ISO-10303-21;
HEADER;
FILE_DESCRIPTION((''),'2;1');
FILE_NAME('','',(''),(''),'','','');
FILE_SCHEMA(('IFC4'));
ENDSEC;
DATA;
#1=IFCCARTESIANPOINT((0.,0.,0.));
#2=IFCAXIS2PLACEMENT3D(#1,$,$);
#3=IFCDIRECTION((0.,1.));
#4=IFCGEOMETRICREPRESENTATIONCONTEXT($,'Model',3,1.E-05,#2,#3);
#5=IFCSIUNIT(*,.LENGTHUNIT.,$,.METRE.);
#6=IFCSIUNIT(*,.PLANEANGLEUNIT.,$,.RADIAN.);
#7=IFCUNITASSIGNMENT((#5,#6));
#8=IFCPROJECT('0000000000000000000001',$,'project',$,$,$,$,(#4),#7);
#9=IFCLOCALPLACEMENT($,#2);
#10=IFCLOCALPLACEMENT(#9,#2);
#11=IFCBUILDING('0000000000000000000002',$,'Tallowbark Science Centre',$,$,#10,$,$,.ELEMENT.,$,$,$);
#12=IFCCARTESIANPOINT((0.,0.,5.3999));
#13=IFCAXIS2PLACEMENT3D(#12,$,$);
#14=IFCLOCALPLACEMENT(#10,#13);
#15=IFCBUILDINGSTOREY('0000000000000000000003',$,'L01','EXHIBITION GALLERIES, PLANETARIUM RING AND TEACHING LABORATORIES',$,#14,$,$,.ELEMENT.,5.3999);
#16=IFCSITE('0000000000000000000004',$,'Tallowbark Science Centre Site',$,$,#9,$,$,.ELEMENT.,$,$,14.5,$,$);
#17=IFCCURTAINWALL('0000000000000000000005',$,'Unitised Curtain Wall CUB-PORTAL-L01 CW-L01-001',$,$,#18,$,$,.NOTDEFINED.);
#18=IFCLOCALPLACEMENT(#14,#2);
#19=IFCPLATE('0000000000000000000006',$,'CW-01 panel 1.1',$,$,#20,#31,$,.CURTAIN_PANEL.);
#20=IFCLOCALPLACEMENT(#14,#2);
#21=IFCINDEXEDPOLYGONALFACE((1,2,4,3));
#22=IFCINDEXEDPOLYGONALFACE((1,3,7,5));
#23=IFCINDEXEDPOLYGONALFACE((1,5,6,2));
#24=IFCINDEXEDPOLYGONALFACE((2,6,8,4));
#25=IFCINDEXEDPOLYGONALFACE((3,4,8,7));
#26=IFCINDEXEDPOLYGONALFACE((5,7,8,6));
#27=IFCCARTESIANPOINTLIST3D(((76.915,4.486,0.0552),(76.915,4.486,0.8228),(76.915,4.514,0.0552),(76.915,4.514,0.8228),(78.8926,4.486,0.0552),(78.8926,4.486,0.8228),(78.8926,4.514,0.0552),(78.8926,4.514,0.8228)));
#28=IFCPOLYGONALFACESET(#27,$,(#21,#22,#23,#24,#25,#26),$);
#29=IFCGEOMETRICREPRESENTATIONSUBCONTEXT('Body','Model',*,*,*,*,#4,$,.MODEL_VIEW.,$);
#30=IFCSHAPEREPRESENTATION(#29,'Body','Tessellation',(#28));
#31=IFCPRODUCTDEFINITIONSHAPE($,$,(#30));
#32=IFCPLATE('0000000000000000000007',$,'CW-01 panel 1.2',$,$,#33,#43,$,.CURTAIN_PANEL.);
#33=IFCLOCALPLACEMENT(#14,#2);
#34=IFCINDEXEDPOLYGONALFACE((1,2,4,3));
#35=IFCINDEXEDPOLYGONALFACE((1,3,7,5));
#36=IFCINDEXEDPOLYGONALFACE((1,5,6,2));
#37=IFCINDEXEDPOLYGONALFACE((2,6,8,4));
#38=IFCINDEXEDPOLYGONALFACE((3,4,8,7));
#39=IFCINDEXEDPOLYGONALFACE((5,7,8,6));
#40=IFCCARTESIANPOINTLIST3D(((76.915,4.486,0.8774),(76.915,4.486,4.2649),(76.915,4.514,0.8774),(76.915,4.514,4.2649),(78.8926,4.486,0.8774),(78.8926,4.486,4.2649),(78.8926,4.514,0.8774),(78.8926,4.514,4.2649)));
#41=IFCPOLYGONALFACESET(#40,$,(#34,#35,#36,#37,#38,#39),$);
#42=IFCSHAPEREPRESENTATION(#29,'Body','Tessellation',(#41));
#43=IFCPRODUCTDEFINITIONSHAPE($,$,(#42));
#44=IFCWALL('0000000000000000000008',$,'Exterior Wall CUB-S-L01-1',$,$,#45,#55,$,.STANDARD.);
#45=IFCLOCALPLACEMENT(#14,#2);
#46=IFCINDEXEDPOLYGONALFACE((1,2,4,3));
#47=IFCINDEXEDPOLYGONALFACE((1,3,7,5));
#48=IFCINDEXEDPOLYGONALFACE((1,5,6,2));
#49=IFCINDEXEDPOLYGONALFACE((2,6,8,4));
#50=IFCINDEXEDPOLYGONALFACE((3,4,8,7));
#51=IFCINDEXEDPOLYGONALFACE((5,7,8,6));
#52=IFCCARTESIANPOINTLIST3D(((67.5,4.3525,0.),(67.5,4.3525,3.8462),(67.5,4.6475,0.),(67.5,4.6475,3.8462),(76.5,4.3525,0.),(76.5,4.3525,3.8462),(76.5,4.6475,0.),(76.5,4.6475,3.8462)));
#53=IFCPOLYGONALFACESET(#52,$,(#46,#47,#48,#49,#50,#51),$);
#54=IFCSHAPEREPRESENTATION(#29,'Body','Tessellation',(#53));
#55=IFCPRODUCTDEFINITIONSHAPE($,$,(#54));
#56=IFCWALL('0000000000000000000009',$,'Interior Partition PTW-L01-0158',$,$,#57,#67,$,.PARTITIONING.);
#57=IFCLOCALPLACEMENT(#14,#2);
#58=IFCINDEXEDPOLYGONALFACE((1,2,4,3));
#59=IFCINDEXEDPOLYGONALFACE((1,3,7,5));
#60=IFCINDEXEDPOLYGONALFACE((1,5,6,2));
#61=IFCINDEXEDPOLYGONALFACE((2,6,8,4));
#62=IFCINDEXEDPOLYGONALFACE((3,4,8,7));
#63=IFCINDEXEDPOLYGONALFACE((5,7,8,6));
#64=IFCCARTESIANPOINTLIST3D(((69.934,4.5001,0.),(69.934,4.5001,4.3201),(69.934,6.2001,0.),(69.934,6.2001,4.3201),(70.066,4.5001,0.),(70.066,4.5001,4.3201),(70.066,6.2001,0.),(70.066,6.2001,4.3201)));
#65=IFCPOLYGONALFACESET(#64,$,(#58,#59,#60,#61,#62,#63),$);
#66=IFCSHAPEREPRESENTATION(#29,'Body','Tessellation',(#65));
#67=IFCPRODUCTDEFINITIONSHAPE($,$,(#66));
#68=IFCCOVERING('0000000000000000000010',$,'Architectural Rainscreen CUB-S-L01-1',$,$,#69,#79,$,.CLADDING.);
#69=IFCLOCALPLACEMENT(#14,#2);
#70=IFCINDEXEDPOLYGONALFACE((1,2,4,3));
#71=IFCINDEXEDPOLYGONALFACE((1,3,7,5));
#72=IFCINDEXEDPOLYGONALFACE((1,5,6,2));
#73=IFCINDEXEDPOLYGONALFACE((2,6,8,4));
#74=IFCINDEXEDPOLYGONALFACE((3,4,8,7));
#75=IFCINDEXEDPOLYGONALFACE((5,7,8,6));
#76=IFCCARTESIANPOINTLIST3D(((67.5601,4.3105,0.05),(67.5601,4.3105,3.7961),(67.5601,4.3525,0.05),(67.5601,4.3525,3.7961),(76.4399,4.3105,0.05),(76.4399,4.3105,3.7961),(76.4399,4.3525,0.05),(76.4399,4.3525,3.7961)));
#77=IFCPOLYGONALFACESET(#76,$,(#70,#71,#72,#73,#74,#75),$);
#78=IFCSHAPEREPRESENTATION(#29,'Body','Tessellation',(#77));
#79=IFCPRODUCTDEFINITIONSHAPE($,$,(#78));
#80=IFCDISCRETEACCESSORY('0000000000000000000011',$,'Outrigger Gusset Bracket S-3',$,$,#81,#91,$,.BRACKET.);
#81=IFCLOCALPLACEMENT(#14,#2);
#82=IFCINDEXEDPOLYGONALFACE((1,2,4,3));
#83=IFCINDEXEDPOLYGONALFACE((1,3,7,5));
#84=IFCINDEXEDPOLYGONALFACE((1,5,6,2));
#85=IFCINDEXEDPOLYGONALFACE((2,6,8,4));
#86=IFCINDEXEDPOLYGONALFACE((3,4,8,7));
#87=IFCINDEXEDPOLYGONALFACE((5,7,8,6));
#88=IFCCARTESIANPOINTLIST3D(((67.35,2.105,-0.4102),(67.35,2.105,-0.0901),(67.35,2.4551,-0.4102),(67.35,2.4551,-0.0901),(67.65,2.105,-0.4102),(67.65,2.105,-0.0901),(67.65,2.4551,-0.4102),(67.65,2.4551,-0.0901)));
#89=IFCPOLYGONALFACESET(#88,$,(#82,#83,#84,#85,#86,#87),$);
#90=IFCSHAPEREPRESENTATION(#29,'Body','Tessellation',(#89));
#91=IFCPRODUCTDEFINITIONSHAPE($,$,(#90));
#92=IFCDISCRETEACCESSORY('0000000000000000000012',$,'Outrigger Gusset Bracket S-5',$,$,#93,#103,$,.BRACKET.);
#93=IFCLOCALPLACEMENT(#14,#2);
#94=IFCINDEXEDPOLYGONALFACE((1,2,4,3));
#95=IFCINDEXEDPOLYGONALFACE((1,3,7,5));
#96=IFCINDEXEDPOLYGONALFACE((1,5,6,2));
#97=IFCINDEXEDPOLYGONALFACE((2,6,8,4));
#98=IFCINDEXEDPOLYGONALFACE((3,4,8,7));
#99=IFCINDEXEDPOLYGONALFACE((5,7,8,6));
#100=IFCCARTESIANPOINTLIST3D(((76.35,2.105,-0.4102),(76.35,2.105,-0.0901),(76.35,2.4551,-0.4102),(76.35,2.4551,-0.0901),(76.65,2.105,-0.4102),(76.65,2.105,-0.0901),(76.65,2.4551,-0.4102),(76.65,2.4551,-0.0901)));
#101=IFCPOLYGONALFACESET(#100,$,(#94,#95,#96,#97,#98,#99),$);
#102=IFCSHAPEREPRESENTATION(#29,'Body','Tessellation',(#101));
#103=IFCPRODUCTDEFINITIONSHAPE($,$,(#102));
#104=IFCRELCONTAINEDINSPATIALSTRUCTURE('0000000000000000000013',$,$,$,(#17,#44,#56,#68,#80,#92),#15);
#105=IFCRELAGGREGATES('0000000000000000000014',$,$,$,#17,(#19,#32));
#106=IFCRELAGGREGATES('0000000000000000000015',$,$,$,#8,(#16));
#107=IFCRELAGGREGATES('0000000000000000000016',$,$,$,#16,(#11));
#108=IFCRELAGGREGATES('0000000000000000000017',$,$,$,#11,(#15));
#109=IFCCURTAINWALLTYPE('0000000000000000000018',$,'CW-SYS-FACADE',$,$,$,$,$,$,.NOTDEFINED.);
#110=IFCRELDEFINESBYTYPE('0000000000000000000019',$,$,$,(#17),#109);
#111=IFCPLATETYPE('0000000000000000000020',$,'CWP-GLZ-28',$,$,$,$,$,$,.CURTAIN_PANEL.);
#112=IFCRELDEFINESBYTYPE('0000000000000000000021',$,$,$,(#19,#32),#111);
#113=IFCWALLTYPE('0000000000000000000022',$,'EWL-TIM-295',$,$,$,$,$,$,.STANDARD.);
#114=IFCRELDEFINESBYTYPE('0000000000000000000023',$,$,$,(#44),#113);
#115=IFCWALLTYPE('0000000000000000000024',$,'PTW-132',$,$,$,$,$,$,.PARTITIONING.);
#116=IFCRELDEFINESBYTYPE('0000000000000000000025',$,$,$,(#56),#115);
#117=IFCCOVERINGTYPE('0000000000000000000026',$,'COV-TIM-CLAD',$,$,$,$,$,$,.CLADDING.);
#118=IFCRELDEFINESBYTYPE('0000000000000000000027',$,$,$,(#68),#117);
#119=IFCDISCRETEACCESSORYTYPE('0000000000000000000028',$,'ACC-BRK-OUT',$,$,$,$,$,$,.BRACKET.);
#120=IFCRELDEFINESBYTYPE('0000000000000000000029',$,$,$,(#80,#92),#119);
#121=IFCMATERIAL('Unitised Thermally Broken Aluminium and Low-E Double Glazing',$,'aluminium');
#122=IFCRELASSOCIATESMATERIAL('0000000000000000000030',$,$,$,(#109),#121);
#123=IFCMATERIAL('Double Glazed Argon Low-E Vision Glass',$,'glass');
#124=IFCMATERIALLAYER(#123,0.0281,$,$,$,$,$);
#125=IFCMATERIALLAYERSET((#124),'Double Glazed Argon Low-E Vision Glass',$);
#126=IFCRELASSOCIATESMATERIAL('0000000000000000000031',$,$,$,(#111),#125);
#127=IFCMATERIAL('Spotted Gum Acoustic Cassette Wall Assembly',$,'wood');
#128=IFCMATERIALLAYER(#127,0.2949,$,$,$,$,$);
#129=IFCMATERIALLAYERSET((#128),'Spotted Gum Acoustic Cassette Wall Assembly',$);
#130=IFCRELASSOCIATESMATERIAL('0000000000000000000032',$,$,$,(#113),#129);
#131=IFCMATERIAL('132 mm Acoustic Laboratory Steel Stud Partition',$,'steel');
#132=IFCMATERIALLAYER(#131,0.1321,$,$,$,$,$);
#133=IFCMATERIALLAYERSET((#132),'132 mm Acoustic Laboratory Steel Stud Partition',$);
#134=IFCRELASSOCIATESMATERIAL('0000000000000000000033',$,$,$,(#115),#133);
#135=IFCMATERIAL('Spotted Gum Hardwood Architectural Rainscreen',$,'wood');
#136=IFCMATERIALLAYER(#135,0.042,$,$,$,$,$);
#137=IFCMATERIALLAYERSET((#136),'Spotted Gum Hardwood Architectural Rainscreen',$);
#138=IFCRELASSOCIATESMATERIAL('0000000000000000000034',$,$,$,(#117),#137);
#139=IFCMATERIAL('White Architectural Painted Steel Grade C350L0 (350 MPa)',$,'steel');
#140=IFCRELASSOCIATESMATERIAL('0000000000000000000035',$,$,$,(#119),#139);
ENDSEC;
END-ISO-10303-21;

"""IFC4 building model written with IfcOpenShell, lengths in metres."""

from ifc_helpers import new_model, si_unit, direction, frame, frame_2d, origin, origin_2d, place, context, subcontext, project, spatial, rectangle, extrude, material, layer, layer_set, type_object, element, aggregate, save


model = new_model("IFC4")

# Units and contexts
model_context = context("Model", 3, precision=1e-05, world=origin(), true_north=direction((0.0, 1.0)))
body_context = subcontext(model_context, "Body", "Model", "MODEL_VIEW")
ifc_project = project(units=[si_unit("LENGTHUNIT", "METRE"), si_unit("PLANEANGLEUNIT", "RADIAN")], contexts=[model_context])

# Site, building, storey
site_placement = place(None, origin())
site = spatial("IfcSite", under=ifc_project, at=site_placement, Name="Tallowbark Science Centre Site", CompositionType="ELEMENT", RefElevation=14.5)
building_placement = place(site_placement, origin())
building = spatial("IfcBuilding", under=site, at=building_placement, Name="Tallowbark Science Centre", CompositionType="ELEMENT")
storey_placement = place(building_placement, frame((0.0, 0.0, 5.3999)))
storey = spatial("IfcBuildingStorey", under=building, at=storey_placement, Name="L01", Description="EXHIBITION GALLERIES, PLANETARIUM RING AND TEACHING LABORATORIES", CompositionType="ELEMENT", Elevation=5.3999)

# Shared definitions
ifc_material_1 = material(Name="White Architectural Painted Steel Grade C350L0 (350 MPa)", Category="steel")

# Curtain wall
ifc_material_2 = material(Name="Unitised Thermally Broken Aluminium and Low-E Double Glazing", Category="aluminium")
curtain_wall_type = type_object("IfcCurtainWallType", Name="CW-SYS-FACADE", PredefinedType="NOTDEFINED", material=ifc_material_2)
curtain_wall_placement = place(storey_placement, origin())
curtain_wall = element("IfcCurtainWall", 1, at=curtain_wall_placement, inside=storey, type_object=curtain_wall_type, Name="Unitised Curtain Wall CUB-PORTAL-L01 CW-L01-001", PredefinedType="NOTDEFINED")

# Plates
ifc_material_3 = material(Name="Double Glazed Argon Low-E Vision Glass", Category="glass")
ifc_layer_1 = layer(ifc_material_3, 0.0281)
ifc_layer_set_1 = layer_set([ifc_layer_1], Name="Double Glazed Argon Low-E Vision Glass")
plate_type = type_object("IfcPlateType", Name="CWP-GLZ-28", PredefinedType="CURTAIN_PANEL", material=ifc_layer_set_1)
plate_1_placement = place(storey_placement, frame((77.9038, 4.5, 0.0552), z_axis=(0.0, 0.0, 1.0), x_axis=(1.0, 0.0, 0.0)))
plate_1 = element("IfcPlate", 2, at=plate_1_placement, type_object=plate_type, Name="CW-01 panel 1.1", PredefinedType="CURTAIN_PANEL", context=body_context, shape_type="SweptSolid", body=[
    extrude(rectangle(XDim=1.9775, YDim=0.0281, at=origin_2d()), origin(), (0.0, 0.0, 1.0), 0.7676),
])
plate_2_placement = place(storey_placement, frame((77.9038, 4.5, 0.8774), z_axis=(0.0, 0.0, 1.0), x_axis=(1.0, 0.0, 0.0)))
plate_2 = element("IfcPlate", 3, at=plate_2_placement, type_object=plate_type, Name="CW-01 panel 1.2", PredefinedType="CURTAIN_PANEL", context=body_context, shape_type="SweptSolid", body=[
    extrude(rectangle(XDim=1.9775, YDim=0.0281, at=origin_2d()), origin(), (0.0, 0.0, 1.0), 3.3875),
])
aggregate(curtain_wall, [plate_1, plate_2])

# Walls
ifc_material_4 = material(Name="Spotted Gum Acoustic Cassette Wall Assembly", Category="wood")
ifc_layer_2 = layer(ifc_material_4, 0.2949)
ifc_layer_set_2 = layer_set([ifc_layer_2], Name="Spotted Gum Acoustic Cassette Wall Assembly")
wall_type_1 = type_object("IfcWallType", Name="EWL-TIM-295", PredefinedType="STANDARD", material=ifc_layer_set_2)
wall_1_placement = place(storey_placement, frame((67.5, 4.5, 0.0), z_axis=(0.0, 0.0, 1.0), x_axis=(1.0, 0.0, 0.0)))
element("IfcWall", 4, at=wall_1_placement, inside=storey, type_object=wall_type_1, Name="Exterior Wall CUB-S-L01-1", PredefinedType="STANDARD", context=body_context, shape_type="SweptSolid", body=[
    extrude(rectangle(XDim=9.0, YDim=0.2949, at=frame_2d((4.5, 0.0))), origin(), (0.0, 0.0, 1.0), 3.8462),
])
ifc_material_5 = material(Name="132 mm Acoustic Laboratory Steel Stud Partition", Category="steel")
ifc_layer_3 = layer(ifc_material_5, 0.1321)
ifc_layer_set_3 = layer_set([ifc_layer_3], Name="132 mm Acoustic Laboratory Steel Stud Partition")
wall_type_2 = type_object("IfcWallType", Name="PTW-132", PredefinedType="PARTITIONING", material=ifc_layer_set_3)
wall_2_placement = place(storey_placement, frame((70.0, 4.5, 0.0), z_axis=(0.0, 0.0, 1.0), x_axis=(0.0, 1.0, 0.0)))
element("IfcWall", 5, at=wall_2_placement, inside=storey, type_object=wall_type_2, Name="Interior Partition PTW-L01-0158", PredefinedType="PARTITIONING", context=body_context, shape_type="SweptSolid", body=[
    extrude(rectangle(XDim=1.7, YDim=0.1321, at=frame_2d((0.8501, 0.0))), origin(), (0.0, 0.0, 1.0), 4.3201),
])

# Covering
ifc_material_6 = material(Name="Spotted Gum Hardwood Architectural Rainscreen", Category="wood")
ifc_layer_4 = layer(ifc_material_6, 0.042)
ifc_layer_set_4 = layer_set([ifc_layer_4], Name="Spotted Gum Hardwood Architectural Rainscreen")
covering_type = type_object("IfcCoveringType", Name="COV-TIM-CLAD", PredefinedType="CLADDING", material=ifc_layer_set_4)
covering_placement = place(storey_placement, frame((72.0, 4.3315, 0.05), z_axis=(0.0, 0.0, 1.0), x_axis=(1.0, 0.0, 0.0)))
element("IfcCovering", 6, at=covering_placement, inside=storey, type_object=covering_type, Name="Architectural Rainscreen CUB-S-L01-1", PredefinedType="CLADDING", context=body_context, shape_type="SweptSolid", body=[
    extrude(rectangle(XDim=8.8799, YDim=0.042, at=origin_2d()), origin(), (0.0, 0.0, 1.0), 3.7461),
])

# Discrete accessories
discrete_accessory_type = type_object("IfcDiscreteAccessoryType", Name="ACC-BRK-OUT", PredefinedType="BRACKET", material=ifc_material_1)
for number, where, z_axis, x_axis, name in (
    (7, (67.5, 2.28, -0.4102), (0.0, 0.0, 1.0), (1.0, 0.0, 0.0), "Outrigger Gusset Bracket S-3"),
    (8, (76.5, 2.28, -0.4102), (0.0, 0.0, 1.0), (1.0, 0.0, 0.0), "Outrigger Gusset Bracket S-5"),
):
    element("IfcDiscreteAccessory", number, at=place(storey_placement, frame(where, z_axis=z_axis, x_axis=x_axis)), inside=storey, type_object=discrete_accessory_type, Name=name, PredefinedType="BRACKET", context=body_context, shape_type="SweptSolid", body=[
        extrude(rectangle(XDim=0.3, YDim=0.3501, at=origin_2d()), origin(), (0.0, 0.0, 1.0), 0.3201),
    ])

save(model, "model.ifc")
